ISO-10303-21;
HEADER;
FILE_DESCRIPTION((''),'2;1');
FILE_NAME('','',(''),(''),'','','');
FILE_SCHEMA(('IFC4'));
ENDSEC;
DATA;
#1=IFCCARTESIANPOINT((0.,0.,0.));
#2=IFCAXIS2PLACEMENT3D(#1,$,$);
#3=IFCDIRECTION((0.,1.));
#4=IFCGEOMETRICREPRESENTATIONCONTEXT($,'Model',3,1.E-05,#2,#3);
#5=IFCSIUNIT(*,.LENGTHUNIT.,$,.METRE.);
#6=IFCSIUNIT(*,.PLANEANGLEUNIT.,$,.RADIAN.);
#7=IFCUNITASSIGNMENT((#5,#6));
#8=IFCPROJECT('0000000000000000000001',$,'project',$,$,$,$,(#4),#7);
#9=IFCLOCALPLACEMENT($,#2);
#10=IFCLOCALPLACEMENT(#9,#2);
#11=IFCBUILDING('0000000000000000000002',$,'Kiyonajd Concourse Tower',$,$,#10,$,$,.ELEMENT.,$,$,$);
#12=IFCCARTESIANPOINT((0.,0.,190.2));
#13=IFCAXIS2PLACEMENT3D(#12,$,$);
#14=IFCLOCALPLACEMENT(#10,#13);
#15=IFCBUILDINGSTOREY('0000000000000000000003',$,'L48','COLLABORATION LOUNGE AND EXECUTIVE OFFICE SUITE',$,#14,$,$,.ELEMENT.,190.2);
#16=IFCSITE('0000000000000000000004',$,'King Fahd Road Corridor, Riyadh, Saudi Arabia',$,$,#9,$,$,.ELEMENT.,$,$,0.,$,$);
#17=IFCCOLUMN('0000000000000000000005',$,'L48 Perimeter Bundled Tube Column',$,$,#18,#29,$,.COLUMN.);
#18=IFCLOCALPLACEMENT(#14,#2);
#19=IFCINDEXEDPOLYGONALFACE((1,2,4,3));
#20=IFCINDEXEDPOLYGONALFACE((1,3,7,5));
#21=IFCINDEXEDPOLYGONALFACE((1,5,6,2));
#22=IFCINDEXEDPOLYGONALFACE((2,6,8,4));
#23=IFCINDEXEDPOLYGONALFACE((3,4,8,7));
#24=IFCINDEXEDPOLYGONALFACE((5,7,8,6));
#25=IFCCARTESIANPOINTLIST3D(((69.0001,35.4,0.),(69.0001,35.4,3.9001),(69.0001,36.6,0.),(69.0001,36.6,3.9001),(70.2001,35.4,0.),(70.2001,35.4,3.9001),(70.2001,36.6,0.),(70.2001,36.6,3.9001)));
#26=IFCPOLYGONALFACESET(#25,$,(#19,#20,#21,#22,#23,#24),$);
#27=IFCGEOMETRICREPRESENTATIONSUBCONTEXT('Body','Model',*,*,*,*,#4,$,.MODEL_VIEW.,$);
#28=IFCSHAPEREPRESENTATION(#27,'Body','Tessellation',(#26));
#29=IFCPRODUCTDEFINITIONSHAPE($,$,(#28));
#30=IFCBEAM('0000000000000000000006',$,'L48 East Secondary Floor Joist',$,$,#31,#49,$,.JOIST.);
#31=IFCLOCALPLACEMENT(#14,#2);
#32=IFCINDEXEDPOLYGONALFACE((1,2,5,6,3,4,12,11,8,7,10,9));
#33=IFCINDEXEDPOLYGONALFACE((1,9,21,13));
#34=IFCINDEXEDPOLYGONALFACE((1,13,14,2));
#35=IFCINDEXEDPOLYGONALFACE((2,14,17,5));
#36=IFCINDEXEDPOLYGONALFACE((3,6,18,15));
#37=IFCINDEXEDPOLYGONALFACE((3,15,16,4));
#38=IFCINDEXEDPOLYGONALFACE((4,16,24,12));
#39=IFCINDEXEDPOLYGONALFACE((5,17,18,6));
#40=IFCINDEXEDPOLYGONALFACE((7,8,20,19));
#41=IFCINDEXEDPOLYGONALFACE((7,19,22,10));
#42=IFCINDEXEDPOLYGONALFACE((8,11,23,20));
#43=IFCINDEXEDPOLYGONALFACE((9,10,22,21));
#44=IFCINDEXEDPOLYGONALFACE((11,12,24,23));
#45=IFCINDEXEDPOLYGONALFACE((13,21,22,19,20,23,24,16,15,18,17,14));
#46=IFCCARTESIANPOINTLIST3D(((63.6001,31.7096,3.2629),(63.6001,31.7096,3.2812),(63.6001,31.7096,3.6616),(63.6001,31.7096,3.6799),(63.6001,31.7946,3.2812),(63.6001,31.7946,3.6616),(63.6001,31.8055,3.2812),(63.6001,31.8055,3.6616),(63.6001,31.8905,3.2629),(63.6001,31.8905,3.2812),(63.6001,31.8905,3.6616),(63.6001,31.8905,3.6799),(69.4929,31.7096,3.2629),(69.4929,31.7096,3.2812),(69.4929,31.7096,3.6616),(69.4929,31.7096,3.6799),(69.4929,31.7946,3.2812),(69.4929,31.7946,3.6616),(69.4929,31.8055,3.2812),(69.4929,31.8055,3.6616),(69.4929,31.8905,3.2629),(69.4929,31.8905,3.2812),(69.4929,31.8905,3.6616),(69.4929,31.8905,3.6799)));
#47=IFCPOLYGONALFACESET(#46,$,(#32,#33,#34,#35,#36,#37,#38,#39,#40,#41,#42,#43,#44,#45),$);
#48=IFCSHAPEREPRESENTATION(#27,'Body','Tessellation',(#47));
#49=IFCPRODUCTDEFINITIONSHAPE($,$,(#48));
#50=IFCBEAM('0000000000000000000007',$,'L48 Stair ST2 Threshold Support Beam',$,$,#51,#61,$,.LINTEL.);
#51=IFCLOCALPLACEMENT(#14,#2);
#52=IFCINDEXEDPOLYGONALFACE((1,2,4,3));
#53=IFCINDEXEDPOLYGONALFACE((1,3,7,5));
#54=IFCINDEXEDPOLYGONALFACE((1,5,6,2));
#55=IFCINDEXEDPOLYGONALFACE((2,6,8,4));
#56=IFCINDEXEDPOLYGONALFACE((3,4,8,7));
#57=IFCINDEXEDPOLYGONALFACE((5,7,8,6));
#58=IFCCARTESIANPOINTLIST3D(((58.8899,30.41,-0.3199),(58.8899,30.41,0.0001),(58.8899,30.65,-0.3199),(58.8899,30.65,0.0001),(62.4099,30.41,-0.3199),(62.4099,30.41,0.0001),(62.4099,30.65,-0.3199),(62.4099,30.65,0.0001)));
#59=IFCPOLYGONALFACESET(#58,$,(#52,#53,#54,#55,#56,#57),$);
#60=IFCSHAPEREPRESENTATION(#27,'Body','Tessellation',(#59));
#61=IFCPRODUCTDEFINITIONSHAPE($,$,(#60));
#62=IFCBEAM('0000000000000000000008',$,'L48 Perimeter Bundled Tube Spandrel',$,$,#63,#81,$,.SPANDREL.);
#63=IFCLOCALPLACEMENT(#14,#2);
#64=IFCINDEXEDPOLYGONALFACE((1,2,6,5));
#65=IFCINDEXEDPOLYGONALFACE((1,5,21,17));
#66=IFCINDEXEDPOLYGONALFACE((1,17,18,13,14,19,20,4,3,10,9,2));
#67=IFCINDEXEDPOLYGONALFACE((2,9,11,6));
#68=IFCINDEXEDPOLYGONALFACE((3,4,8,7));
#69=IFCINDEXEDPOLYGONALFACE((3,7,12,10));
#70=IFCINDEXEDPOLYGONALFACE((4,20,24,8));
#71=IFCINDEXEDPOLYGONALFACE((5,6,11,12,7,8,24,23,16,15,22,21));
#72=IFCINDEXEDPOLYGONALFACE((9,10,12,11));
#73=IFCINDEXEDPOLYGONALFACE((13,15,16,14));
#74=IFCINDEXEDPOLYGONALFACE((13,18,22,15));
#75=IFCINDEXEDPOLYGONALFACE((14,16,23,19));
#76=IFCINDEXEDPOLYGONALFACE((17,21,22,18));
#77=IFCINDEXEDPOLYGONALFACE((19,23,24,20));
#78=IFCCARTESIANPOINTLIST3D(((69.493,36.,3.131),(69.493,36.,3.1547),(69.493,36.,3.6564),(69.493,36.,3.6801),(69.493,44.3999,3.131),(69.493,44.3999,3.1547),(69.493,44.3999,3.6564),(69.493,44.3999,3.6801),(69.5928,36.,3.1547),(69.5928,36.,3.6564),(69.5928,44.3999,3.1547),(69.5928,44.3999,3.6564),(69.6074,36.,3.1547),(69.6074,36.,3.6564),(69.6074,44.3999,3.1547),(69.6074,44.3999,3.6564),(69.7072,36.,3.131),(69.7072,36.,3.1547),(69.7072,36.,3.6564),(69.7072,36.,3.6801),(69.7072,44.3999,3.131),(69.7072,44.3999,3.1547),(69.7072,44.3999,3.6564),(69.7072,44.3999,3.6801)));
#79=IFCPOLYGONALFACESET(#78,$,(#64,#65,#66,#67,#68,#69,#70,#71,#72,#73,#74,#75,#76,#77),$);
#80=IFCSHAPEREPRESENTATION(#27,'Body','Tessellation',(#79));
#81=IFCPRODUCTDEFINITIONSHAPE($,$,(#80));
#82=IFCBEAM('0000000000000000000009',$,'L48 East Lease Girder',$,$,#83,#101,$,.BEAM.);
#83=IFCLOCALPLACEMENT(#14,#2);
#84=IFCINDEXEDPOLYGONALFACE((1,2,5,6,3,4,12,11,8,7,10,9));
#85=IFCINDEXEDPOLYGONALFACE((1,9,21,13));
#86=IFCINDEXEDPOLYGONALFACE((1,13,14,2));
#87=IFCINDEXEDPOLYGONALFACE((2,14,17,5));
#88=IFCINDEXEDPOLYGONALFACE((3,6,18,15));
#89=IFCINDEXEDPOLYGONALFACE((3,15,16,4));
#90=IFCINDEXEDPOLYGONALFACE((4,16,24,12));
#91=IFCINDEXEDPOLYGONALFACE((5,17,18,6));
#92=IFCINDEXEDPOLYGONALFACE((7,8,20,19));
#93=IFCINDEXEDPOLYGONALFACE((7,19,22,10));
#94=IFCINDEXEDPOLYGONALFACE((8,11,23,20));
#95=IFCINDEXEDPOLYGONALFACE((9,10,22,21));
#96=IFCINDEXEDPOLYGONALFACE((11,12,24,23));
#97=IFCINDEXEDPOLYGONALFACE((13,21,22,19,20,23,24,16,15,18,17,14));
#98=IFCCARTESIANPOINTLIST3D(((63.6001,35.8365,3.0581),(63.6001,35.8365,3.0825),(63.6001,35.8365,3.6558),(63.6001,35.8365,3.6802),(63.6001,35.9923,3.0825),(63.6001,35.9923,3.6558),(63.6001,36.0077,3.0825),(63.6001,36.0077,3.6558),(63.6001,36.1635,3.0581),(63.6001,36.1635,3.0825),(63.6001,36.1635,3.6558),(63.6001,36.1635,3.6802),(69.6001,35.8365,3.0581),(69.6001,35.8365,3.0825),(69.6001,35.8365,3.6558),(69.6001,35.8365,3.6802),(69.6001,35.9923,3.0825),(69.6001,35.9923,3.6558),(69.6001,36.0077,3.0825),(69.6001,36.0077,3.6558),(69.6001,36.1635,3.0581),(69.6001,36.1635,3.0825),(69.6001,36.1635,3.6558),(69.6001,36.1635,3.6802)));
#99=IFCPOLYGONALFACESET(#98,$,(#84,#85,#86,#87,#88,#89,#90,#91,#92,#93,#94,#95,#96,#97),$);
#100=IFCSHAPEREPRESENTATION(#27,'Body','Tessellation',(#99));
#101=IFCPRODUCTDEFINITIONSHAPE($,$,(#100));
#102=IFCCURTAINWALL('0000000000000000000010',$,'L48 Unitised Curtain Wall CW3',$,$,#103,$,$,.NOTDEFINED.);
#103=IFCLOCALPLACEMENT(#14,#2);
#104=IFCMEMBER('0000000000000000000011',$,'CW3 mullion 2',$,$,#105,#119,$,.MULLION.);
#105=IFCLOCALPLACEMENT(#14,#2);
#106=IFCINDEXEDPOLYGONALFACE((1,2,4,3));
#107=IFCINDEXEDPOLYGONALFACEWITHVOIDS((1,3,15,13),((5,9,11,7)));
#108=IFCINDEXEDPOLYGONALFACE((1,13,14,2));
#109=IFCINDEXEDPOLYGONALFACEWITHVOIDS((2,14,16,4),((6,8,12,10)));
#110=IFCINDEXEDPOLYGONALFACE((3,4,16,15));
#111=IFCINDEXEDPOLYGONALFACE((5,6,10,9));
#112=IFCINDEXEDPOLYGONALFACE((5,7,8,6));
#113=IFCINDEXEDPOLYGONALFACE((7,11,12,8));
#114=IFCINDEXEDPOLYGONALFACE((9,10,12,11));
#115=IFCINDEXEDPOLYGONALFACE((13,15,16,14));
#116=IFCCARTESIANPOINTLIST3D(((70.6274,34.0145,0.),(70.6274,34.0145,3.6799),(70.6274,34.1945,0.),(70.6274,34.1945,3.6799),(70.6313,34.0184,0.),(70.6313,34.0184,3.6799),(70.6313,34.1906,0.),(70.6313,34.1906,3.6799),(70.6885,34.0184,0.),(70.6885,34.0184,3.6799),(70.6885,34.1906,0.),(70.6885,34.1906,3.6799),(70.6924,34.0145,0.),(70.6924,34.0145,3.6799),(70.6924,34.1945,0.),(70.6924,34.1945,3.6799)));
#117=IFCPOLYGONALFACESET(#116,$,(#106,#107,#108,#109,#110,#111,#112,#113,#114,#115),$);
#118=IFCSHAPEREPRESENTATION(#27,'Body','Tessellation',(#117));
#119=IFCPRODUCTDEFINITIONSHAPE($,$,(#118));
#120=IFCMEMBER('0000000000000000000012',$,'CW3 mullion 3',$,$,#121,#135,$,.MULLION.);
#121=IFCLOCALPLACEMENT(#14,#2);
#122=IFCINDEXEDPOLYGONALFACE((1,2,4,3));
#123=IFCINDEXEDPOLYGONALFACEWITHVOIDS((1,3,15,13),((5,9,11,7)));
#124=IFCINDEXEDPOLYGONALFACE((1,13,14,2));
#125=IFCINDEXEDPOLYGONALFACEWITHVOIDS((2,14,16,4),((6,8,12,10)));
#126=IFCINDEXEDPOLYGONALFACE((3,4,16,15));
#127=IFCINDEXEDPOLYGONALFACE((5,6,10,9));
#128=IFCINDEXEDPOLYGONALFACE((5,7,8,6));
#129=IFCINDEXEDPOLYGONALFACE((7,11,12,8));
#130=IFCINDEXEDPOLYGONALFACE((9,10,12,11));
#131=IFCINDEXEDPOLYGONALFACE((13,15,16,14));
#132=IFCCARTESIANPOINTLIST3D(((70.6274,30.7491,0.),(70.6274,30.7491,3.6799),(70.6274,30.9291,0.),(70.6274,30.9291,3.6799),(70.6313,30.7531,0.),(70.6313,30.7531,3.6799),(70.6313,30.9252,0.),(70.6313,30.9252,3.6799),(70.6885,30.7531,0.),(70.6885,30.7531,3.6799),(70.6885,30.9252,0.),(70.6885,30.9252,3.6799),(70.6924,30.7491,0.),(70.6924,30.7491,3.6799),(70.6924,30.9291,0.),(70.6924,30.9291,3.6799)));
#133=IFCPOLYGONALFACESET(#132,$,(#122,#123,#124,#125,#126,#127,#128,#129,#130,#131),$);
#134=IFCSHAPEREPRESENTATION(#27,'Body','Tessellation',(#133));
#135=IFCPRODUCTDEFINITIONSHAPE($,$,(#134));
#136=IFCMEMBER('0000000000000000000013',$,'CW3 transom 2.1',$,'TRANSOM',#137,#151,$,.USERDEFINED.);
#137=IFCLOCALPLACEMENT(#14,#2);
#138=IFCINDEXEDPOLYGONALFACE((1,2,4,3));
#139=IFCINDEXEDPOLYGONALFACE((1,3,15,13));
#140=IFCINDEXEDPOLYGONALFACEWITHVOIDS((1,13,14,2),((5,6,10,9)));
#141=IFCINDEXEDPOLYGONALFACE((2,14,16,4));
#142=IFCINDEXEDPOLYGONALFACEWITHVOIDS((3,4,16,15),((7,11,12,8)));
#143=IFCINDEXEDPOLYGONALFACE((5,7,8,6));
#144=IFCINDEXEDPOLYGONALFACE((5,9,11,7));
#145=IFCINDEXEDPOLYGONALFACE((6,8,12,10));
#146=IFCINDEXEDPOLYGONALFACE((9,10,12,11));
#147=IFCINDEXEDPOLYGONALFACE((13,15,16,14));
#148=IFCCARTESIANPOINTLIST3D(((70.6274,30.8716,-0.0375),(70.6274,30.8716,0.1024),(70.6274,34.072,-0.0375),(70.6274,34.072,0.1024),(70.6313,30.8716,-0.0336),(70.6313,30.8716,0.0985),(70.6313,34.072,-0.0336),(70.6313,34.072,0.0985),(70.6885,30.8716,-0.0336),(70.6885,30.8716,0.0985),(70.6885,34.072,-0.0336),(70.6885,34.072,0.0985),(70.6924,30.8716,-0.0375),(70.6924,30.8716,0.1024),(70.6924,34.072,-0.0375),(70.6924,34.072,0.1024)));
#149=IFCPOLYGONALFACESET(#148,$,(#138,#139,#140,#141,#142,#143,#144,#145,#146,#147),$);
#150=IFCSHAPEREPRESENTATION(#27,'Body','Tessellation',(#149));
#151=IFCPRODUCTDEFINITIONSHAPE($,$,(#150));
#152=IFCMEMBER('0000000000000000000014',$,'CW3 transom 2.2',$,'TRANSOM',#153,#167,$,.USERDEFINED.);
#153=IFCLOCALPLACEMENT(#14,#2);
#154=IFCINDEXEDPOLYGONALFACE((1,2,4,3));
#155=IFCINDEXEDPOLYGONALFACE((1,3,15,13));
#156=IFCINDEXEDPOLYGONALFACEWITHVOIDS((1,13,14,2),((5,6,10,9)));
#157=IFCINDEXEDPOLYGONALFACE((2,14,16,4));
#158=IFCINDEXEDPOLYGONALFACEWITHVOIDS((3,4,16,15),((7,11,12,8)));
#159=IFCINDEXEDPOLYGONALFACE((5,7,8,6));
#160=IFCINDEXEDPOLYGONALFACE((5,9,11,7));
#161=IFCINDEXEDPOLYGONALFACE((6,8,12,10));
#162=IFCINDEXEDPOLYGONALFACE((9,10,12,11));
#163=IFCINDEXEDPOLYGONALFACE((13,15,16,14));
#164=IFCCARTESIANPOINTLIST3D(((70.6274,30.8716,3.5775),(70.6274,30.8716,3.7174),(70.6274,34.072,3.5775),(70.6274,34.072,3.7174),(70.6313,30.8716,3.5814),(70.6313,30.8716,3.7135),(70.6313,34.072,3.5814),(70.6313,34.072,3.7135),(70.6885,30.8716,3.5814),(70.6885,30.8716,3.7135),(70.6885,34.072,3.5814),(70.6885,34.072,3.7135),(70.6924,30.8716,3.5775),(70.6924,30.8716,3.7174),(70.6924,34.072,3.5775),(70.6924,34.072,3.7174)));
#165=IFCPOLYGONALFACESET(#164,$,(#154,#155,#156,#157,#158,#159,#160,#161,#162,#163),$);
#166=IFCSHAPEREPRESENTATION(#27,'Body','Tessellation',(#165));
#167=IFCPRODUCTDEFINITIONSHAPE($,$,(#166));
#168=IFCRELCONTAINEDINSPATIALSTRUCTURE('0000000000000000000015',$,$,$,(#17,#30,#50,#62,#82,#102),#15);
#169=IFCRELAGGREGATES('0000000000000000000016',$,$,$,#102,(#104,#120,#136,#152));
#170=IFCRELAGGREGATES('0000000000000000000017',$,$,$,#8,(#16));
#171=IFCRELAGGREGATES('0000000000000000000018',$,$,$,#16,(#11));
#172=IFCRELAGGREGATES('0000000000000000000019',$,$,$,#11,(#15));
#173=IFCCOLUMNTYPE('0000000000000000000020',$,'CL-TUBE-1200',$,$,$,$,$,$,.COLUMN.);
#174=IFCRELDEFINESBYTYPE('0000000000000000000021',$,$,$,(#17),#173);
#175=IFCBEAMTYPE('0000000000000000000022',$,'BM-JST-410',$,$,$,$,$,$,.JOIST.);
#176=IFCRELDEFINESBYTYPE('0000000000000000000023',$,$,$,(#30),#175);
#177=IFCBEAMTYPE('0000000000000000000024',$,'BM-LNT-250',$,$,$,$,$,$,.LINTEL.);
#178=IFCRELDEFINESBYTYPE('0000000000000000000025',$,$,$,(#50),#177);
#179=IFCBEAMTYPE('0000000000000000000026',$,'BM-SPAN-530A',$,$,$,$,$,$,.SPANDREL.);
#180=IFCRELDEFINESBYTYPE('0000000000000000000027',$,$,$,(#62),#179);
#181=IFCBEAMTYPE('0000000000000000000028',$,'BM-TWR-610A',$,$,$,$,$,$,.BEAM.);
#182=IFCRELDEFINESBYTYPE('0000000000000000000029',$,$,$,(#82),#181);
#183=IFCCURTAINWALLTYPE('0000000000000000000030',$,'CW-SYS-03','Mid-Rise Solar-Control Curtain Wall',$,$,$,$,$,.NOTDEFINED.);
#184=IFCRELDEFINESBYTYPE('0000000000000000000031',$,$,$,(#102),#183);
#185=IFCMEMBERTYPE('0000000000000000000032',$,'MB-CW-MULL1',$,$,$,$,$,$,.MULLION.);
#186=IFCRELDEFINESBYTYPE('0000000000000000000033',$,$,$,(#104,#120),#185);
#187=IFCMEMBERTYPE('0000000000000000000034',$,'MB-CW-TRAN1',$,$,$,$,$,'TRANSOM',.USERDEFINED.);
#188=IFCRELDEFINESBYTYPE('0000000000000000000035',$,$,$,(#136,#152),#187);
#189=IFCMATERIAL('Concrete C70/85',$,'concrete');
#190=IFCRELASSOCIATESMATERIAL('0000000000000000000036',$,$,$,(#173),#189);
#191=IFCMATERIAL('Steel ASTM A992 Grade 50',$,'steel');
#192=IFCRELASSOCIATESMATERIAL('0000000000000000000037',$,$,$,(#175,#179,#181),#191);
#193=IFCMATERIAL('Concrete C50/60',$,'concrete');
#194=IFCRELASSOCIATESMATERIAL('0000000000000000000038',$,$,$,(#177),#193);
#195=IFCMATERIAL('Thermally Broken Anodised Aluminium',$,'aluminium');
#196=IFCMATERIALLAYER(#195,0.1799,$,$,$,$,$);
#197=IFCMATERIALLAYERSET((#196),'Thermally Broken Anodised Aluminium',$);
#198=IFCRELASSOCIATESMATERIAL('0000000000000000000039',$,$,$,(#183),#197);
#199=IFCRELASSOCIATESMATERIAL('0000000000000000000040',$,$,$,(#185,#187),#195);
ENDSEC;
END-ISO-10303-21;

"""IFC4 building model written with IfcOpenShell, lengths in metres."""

from ifc_helpers import new_model, si_unit, direction, frame, origin, origin_2d, place, context, subcontext, project, spatial, rectangle, hollow_rectangle, i_section, extrude, material, layer, layer_set, material_profile, profile_set, type_object, element, aggregate, save


model = new_model("IFC4")

# Units and contexts
model_context = context("Model", 3, precision=1e-05, world=origin(), true_north=direction((0.0, 1.0)))
body_context = subcontext(model_context, "Body", "Model", "MODEL_VIEW")
ifc_project = project(units=[si_unit("LENGTHUNIT", "METRE"), si_unit("PLANEANGLEUNIT", "RADIAN")], contexts=[model_context])

# Site, building, storey
site_placement = place(None, origin())
site = spatial("IfcSite", under=ifc_project, at=site_placement, Name="King Fahd Road Corridor, Riyadh, Saudi Arabia", CompositionType="ELEMENT", RefElevation=0.0)
building_placement = place(site_placement, origin())
building = spatial("IfcBuilding", under=site, at=building_placement, Name="Kiyonajd Concourse Tower", CompositionType="ELEMENT")
storey_placement = place(building_placement, frame((0.0, 0.0, 190.2)))
storey = spatial("IfcBuildingStorey", under=building, at=storey_placement, Name="L48", Description="COLLABORATION LOUNGE AND EXECUTIVE OFFICE SUITE", CompositionType="ELEMENT", Elevation=190.2)

# Column
ifc_material_1 = material(Name="Concrete C70/85", Category="concrete")
ifc_material_profile_1 = material_profile(ifc_material_1, rectangle(XDim=1.2, YDim=1.2, at=origin_2d()), Name="RC-1200x1200")
ifc_profile_set_1 = profile_set([ifc_material_profile_1], Name="Concrete C70/85")
column_type = type_object("IfcColumnType", Name="CL-TUBE-1200", PredefinedType="COLUMN", material=ifc_profile_set_1)
column_placement = place(storey_placement, frame((69.6001, 36.0, 0.0), z_axis=(0.0, 0.0, 1.0), x_axis=(1.0, 0.0, 0.0)))
element("IfcColumn", 1, at=column_placement, inside=storey, type_object=column_type, Name="L48 Perimeter Bundled Tube Column", PredefinedType="COLUMN", context=body_context, shape_type="SweptSolid", body=[
    extrude(rectangle(XDim=1.2, YDim=1.2, at=origin_2d()), origin(), (0.0, 0.0, 1.0), 3.9001),
])

# Beams
ifc_material_2 = material(Name="Steel ASTM A992 Grade 50", Category="steel")
ifc_material_profile_2 = material_profile(ifc_material_2, i_section(OverallWidth=0.1809, OverallDepth=0.417, WebThickness=0.011, FlangeThickness=0.0183, at=origin_2d()), Name="W410X85")
ifc_profile_set_2 = profile_set([ifc_material_profile_2], Name="Steel ASTM A992 Grade 50")
beam_type_1 = type_object("IfcBeamType", Name="BM-JST-410", PredefinedType="JOIST", material=ifc_profile_set_2)
beam_1_placement = place(storey_placement, frame((63.6001, 31.8, 3.4714), z_axis=(1.0, 0.0, 0.0), x_axis=(0.0, 1.0, 0.0)))
element("IfcBeam", 2, at=beam_1_placement, inside=storey, type_object=beam_type_1, Name="L48 East Secondary Floor Joist", PredefinedType="JOIST", context=body_context, shape_type="SweptSolid", body=[
    extrude(i_section(OverallWidth=0.1809, OverallDepth=0.417, WebThickness=0.011, FlangeThickness=0.0183, at=origin_2d()), origin(), (0.0, 0.0, 1.0), 5.8928),
])
ifc_material_3 = material(Name="Concrete C50/60", Category="concrete")
ifc_material_profile_3 = material_profile(ifc_material_3, rectangle(XDim=0.24, YDim=0.3201, at=origin_2d()), Name="RCBM-240x320")
ifc_profile_set_3 = profile_set([ifc_material_profile_3], Name="Concrete C50/60")
beam_type_2 = type_object("IfcBeamType", Name="BM-LNT-250", PredefinedType="LINTEL", material=ifc_profile_set_3)
beam_2_placement = place(storey_placement, frame((58.8899, 30.53, -0.1599), z_axis=(1.0, 0.0, 0.0), x_axis=(0.0, 1.0, 0.0)))
element("IfcBeam", 3, at=beam_2_placement, inside=storey, type_object=beam_type_2, Name="L48 Stair ST2 Threshold Support Beam", PredefinedType="LINTEL", context=body_context, shape_type="SweptSolid", body=[
    extrude(rectangle(XDim=0.24, YDim=0.3201, at=origin_2d()), origin(), (0.0, 0.0, 1.0), 3.52),
])
ifc_material_profile_4 = material_profile(ifc_material_2, i_section(OverallWidth=0.2141, OverallDepth=0.5491, WebThickness=0.0146, FlangeThickness=0.0237, at=origin_2d()), Name="W530X138")
ifc_profile_set_4 = profile_set([ifc_material_profile_4], Name="Steel ASTM A992 Grade 50")
beam_type_3 = type_object("IfcBeamType", Name="BM-SPAN-530A", PredefinedType="SPANDREL", material=ifc_profile_set_4)
beam_3_placement = place(storey_placement, frame((69.6001, 36.0, 3.4055), z_axis=(0.0, 1.0, 0.0), x_axis=(-1.0, 0.0, 0.0)))
element("IfcBeam", 4, at=beam_3_placement, inside=storey, type_object=beam_type_3, Name="L48 Perimeter Bundled Tube Spandrel", PredefinedType="SPANDREL", context=body_context, shape_type="SweptSolid", body=[
    extrude(i_section(OverallWidth=0.2141, OverallDepth=0.5491, WebThickness=0.0146, FlangeThickness=0.0237, at=origin_2d()), origin(), (0.0, 0.0, 1.0), 8.3999),
])
ifc_material_profile_5 = material_profile(ifc_material_2, i_section(OverallWidth=0.3269, OverallDepth=0.6221, WebThickness=0.0154, FlangeThickness=0.0244, at=origin_2d()), Name="W610X195")
ifc_profile_set_5 = profile_set([ifc_material_profile_5], Name="Steel ASTM A992 Grade 50")
beam_type_4 = type_object("IfcBeamType", Name="BM-TWR-610A", PredefinedType="BEAM", material=ifc_profile_set_5)
beam_4_placement = place(storey_placement, frame((63.6001, 36.0, 3.3691), z_axis=(1.0, 0.0, 0.0), x_axis=(0.0, 1.0, 0.0)))
element("IfcBeam", 5, at=beam_4_placement, inside=storey, type_object=beam_type_4, Name="L48 East Lease Girder", PredefinedType="BEAM", context=body_context, shape_type="SweptSolid", body=[
    extrude(i_section(OverallWidth=0.3269, OverallDepth=0.6221, WebThickness=0.0154, FlangeThickness=0.0244, at=origin_2d()), origin(), (0.0, 0.0, 1.0), 6.0),
])

# Curtain wall, members
ifc_material_4 = material(Name="Thermally Broken Anodised Aluminium", Category="aluminium")
ifc_layer_1 = layer(ifc_material_4, 0.1799)
ifc_layer_set_1 = layer_set([ifc_layer_1], Name="Thermally Broken Anodised Aluminium")
curtain_wall_type = type_object("IfcCurtainWallType", Name="CW-SYS-03", Description="Mid-Rise Solar-Control Curtain Wall", PredefinedType="NOTDEFINED", material=ifc_layer_set_1)
curtain_wall_placement = place(storey_placement, origin())
curtain_wall = element("IfcCurtainWall", 6, at=curtain_wall_placement, inside=storey, type_object=curtain_wall_type, Name="L48 Unitised Curtain Wall CW3", PredefinedType="NOTDEFINED")
ifc_material_profile_6 = material_profile(ifc_material_4, hollow_rectangle(XDim=0.0649, YDim=0.1799, WallThickness=0.0039, at=origin_2d()), Name="MULL-65x180")
ifc_profile_set_6 = profile_set([ifc_material_profile_6], Name="Thermally Broken Anodised Aluminium")
member_type_1 = type_object("IfcMemberType", Name="MB-CW-MULL1", PredefinedType="MULLION", material=ifc_profile_set_6)
member_1_placement = place(storey_placement, frame((70.6599, 34.1045, 0.0), z_axis=(0.0, 0.0, 1.0), x_axis=(1.0, 0.0, 0.0)))
member_1 = element("IfcMember", 7, at=member_1_placement, type_object=member_type_1, Name="CW3 mullion 2", PredefinedType="MULLION", context=body_context, shape_type="SweptSolid", body=[
    extrude(hollow_rectangle(XDim=0.0649, YDim=0.1799, WallThickness=0.0039, at=origin_2d()), origin(), (0.0, 0.0, 1.0), 3.6799),
])
member_2_placement = place(storey_placement, frame((70.6599, 30.8391, 0.0), z_axis=(0.0, 0.0, 1.0), x_axis=(1.0, 0.0, 0.0)))
member_2 = element("IfcMember", 8, at=member_2_placement, type_object=member_type_1, Name="CW3 mullion 3", PredefinedType="MULLION", context=body_context, shape_type="SweptSolid", body=[
    extrude(hollow_rectangle(XDim=0.0649, YDim=0.1799, WallThickness=0.0039, at=origin_2d()), origin(), (0.0, 0.0, 1.0), 3.6799),
])
ifc_material_profile_7 = material_profile(ifc_material_4, hollow_rectangle(XDim=0.0649, YDim=0.1399, WallThickness=0.0039, at=origin_2d()), Name="TRAN-65x140")
ifc_profile_set_7 = profile_set([ifc_material_profile_7], Name="Thermally Broken Anodised Aluminium")
member_type_2 = type_object("IfcMemberType", Name="MB-CW-TRAN1", ElementType="TRANSOM", PredefinedType="USERDEFINED", material=ifc_profile_set_7)
member_3_placement = place(storey_placement, frame((70.6599, 34.072, 0.0325), z_axis=(0.0, -1.0, 0.0), x_axis=(1.0, 0.0, 0.0)))
member_3 = element("IfcMember", 9, at=member_3_placement, type_object=member_type_2, Name="CW3 transom 2.1", ObjectType="TRANSOM", PredefinedType="USERDEFINED", context=body_context, shape_type="SweptSolid", body=[
    extrude(hollow_rectangle(XDim=0.0649, YDim=0.1399, WallThickness=0.0039, at=origin_2d()), origin(), (0.0, 0.0, 1.0), 3.2004),
])
member_4_placement = place(storey_placement, frame((70.6599, 34.072, 3.6475), z_axis=(0.0, -1.0, 0.0), x_axis=(1.0, 0.0, 0.0)))
member_4 = element("IfcMember", 10, at=member_4_placement, type_object=member_type_2, Name="CW3 transom 2.2", ObjectType="TRANSOM", PredefinedType="USERDEFINED", context=body_context, shape_type="SweptSolid", body=[
    extrude(hollow_rectangle(XDim=0.0649, YDim=0.1399, WallThickness=0.0039, at=origin_2d()), origin(), (0.0, 0.0, 1.0), 3.2004),
])
aggregate(curtain_wall, [member_1, member_2, member_3, member_4])

save(model, "model.ifc")
